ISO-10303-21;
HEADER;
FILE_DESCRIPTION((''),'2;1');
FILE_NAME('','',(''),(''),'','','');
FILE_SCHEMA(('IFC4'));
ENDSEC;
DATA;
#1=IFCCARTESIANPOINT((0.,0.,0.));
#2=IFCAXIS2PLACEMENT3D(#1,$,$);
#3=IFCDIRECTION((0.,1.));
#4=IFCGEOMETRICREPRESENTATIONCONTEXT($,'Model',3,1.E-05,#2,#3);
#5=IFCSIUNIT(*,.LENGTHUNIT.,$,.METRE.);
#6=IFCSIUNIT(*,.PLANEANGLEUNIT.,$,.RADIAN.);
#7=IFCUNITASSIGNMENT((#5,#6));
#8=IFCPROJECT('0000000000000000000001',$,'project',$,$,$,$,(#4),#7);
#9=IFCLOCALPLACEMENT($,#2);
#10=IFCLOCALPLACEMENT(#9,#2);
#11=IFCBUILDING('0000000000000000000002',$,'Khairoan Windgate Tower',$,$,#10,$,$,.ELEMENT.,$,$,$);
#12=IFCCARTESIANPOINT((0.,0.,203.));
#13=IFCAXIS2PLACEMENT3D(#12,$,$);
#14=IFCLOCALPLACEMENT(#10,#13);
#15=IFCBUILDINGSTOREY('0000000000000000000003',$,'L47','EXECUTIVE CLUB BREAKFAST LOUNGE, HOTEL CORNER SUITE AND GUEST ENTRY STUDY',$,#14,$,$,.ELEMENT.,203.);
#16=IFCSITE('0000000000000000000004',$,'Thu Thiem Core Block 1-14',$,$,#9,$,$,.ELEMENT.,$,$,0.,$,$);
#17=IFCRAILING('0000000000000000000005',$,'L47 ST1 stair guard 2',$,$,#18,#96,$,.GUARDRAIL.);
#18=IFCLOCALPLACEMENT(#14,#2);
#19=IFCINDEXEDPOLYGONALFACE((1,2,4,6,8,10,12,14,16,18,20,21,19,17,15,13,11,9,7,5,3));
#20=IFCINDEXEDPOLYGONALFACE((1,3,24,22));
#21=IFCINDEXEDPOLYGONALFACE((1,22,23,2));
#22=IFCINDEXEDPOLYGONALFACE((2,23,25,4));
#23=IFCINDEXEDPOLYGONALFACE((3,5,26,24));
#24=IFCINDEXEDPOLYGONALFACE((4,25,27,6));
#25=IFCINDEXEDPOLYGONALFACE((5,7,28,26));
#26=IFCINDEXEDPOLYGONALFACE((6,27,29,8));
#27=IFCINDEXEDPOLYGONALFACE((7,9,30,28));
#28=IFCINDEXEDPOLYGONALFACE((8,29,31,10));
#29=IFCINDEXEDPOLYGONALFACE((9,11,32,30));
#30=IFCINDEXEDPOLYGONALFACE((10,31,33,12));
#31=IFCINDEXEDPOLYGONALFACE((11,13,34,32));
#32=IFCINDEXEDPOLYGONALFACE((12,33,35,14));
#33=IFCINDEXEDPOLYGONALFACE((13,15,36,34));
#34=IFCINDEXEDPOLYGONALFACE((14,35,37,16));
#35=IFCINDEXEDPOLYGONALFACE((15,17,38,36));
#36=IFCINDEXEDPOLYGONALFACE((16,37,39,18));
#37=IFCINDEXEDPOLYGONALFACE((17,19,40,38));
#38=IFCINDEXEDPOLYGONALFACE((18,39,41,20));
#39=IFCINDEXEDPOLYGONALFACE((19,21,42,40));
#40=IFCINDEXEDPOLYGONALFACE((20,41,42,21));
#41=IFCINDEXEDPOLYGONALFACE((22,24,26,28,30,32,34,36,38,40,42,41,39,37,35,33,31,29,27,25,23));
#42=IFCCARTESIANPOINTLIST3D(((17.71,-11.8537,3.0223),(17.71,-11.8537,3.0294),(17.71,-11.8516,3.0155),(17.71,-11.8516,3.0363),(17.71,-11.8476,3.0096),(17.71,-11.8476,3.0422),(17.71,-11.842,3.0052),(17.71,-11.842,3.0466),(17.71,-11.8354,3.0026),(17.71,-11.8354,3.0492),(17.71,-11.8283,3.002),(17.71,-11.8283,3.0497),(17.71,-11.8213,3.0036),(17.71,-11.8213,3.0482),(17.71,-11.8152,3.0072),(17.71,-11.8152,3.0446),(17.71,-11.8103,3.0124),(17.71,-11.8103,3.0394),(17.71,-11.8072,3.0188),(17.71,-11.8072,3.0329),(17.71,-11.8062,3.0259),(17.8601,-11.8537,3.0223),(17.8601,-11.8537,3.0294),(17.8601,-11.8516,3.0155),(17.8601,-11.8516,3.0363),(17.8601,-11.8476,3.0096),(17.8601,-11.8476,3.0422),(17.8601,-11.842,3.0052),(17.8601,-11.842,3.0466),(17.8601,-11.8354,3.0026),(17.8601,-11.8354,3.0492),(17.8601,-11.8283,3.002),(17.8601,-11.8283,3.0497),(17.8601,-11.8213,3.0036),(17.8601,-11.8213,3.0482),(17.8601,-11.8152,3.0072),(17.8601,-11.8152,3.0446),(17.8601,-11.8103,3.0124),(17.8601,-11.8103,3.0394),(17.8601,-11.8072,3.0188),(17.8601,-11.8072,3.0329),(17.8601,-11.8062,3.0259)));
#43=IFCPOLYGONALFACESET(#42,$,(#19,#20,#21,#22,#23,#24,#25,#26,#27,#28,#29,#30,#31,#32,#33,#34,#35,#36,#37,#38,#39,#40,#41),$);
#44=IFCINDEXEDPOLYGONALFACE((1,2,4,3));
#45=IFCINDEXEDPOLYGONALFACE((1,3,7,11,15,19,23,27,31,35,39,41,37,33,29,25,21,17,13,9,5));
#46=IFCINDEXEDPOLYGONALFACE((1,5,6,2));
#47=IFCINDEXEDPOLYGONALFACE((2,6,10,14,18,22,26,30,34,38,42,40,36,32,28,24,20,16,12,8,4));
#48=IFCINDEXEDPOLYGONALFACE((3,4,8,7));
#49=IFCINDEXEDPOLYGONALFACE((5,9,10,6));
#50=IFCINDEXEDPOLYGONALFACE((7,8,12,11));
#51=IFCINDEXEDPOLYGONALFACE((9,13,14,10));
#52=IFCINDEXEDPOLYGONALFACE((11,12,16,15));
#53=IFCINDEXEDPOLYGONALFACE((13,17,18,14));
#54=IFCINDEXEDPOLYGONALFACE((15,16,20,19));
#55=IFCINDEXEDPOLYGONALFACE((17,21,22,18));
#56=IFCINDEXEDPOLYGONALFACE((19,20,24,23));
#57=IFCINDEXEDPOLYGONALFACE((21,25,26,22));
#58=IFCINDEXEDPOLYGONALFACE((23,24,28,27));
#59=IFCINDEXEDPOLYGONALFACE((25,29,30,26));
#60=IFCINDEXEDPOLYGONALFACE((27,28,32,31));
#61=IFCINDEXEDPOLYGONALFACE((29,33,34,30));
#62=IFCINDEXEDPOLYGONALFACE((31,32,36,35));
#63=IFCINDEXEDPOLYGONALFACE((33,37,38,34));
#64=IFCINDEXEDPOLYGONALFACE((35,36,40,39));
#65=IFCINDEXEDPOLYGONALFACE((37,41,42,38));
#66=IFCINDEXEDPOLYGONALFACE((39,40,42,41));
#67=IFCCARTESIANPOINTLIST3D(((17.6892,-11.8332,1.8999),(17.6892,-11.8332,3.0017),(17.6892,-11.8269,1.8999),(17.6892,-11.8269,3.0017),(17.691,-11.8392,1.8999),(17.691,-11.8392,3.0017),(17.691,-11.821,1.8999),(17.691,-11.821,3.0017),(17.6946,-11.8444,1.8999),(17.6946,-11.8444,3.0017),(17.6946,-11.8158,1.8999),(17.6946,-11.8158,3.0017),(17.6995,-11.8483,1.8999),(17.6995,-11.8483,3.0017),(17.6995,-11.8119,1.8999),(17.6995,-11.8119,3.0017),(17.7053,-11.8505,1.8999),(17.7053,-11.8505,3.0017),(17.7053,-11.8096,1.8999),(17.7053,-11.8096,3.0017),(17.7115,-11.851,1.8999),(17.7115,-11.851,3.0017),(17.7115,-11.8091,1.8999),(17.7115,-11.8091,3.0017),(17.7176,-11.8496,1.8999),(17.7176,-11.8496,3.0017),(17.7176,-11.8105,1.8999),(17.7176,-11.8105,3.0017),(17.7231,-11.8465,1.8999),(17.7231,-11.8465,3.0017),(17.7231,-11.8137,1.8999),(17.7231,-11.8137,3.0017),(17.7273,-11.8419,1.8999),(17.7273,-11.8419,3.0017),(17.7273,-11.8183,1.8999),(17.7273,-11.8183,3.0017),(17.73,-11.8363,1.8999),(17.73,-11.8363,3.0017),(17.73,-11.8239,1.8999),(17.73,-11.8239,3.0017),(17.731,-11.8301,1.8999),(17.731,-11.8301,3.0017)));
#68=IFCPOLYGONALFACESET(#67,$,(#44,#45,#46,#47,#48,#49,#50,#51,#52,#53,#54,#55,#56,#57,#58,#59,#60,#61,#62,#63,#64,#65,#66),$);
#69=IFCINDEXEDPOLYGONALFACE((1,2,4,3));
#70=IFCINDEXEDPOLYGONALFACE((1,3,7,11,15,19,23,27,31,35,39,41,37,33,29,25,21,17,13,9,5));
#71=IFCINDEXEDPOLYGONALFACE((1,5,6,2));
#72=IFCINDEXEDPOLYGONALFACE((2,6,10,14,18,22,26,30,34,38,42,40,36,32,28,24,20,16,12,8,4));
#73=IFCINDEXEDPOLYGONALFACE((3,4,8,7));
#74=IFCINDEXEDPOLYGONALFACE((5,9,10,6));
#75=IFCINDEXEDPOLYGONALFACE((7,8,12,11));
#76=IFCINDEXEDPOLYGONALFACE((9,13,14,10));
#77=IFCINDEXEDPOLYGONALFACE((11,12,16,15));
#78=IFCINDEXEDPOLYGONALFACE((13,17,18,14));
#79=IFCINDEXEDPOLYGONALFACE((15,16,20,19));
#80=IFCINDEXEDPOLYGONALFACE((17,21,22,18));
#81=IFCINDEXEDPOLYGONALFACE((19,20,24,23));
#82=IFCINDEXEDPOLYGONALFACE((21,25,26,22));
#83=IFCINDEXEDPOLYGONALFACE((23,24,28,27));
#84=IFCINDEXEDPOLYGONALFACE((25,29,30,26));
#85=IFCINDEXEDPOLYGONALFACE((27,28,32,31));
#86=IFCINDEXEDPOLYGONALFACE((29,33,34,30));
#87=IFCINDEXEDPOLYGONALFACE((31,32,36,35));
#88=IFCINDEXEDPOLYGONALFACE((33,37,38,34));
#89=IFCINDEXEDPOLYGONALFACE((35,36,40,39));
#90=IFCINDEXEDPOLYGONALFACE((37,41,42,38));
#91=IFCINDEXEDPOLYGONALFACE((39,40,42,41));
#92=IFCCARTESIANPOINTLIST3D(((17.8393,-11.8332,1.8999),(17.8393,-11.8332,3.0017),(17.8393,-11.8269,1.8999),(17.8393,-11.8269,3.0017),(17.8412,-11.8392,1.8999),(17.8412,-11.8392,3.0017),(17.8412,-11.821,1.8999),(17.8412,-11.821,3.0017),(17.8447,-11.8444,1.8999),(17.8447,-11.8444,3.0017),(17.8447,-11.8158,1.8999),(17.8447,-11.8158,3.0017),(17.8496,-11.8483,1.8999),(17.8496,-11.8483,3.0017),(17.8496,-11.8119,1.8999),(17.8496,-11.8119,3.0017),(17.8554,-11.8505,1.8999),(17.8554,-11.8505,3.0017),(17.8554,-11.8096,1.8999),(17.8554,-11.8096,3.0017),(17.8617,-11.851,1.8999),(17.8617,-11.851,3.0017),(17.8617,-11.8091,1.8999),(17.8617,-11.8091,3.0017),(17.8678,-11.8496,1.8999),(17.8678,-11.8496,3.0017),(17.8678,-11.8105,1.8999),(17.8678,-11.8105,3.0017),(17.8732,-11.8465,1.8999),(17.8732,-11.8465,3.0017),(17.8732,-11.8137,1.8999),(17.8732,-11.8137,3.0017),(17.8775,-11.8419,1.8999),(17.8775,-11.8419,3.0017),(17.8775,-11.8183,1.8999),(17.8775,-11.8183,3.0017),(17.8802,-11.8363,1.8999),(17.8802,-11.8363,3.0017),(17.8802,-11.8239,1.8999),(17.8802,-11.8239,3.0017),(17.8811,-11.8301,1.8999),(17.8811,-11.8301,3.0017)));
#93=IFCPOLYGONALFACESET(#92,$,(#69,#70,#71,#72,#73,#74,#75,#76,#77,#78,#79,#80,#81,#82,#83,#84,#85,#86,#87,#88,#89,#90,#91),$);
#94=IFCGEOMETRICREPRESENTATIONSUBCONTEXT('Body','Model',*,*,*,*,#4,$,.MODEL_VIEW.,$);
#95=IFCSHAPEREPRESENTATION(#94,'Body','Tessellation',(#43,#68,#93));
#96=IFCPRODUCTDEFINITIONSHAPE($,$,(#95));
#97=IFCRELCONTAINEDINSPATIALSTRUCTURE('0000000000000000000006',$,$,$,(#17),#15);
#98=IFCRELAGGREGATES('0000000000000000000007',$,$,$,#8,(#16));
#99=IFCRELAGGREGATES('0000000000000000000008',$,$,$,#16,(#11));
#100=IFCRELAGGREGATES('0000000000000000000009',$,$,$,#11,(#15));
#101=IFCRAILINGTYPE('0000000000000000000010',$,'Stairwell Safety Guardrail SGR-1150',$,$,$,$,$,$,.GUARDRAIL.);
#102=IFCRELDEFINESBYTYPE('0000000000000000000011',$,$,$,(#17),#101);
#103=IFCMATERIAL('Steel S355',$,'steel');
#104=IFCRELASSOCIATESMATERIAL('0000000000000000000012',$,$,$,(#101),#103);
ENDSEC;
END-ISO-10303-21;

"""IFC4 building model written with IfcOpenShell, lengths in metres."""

from ifc_helpers import new_model, si_unit, direction, frame, origin, origin_2d, place, context, subcontext, project, spatial, circle, extrude, material, type_object, element, save


model = new_model("IFC4")

# Units and contexts
model_context = context("Model", 3, precision=1e-05, world=origin(), true_north=direction((0.0, 1.0)))
body_context = subcontext(model_context, "Body", "Model", "MODEL_VIEW")
ifc_project = project(units=[si_unit("LENGTHUNIT", "METRE"), si_unit("PLANEANGLEUNIT", "RADIAN")], contexts=[model_context])

# Site, building, storey
site_placement = place(None, origin())
site = spatial("IfcSite", under=ifc_project, at=site_placement, Name="Thu Thiem Core Block 1-14", CompositionType="ELEMENT", RefElevation=0.0)
building_placement = place(site_placement, origin())
building = spatial("IfcBuilding", under=site, at=building_placement, Name="Khairoan Windgate Tower", CompositionType="ELEMENT")
storey_placement = place(building_placement, frame((0.0, 0.0, 203.0)))
storey = spatial("IfcBuildingStorey", under=building, at=storey_placement, Name="L47", Description="EXECUTIVE CLUB BREAKFAST LOUNGE, HOTEL CORNER SUITE AND GUEST ENTRY STUDY", CompositionType="ELEMENT", Elevation=203.0)

# Railing
ifc_material_1 = material(Name="Steel S355", Category="steel")
railing_type = type_object("IfcRailingType", Name="Stairwell Safety Guardrail SGR-1150", PredefinedType="GUARDRAIL", material=ifc_material_1)
railing_1_placement = place(storey_placement, frame((17.71, -11.8301, 1.8999)))
element("IfcRailing", 1, at=railing_1_placement, inside=storey, type_object=railing_type, Name="L47 ST1 stair guard 2", PredefinedType="GUARDRAIL", context=body_context, shape_type="SweptSolid", body=[
    extrude(circle(Radius=0.0239, at=origin_2d()), frame((0.0, 0.0, 1.126), z_axis=(1.0, 0.0, 0.0), x_axis=(0.0, 1.0, 0.0)), (0.0, 0.0, 1.0), 0.1501),
    extrude(circle(Radius=0.021, at=origin_2d()), origin(), (0.0, 0.0, 1.0), 1.1018),
    extrude(circle(Radius=0.021, at=origin_2d()), frame((0.1501, 0.0, 0.0)), (0.0, 0.0, 1.0), 1.1018),
])

save(model, "model.ifc")
